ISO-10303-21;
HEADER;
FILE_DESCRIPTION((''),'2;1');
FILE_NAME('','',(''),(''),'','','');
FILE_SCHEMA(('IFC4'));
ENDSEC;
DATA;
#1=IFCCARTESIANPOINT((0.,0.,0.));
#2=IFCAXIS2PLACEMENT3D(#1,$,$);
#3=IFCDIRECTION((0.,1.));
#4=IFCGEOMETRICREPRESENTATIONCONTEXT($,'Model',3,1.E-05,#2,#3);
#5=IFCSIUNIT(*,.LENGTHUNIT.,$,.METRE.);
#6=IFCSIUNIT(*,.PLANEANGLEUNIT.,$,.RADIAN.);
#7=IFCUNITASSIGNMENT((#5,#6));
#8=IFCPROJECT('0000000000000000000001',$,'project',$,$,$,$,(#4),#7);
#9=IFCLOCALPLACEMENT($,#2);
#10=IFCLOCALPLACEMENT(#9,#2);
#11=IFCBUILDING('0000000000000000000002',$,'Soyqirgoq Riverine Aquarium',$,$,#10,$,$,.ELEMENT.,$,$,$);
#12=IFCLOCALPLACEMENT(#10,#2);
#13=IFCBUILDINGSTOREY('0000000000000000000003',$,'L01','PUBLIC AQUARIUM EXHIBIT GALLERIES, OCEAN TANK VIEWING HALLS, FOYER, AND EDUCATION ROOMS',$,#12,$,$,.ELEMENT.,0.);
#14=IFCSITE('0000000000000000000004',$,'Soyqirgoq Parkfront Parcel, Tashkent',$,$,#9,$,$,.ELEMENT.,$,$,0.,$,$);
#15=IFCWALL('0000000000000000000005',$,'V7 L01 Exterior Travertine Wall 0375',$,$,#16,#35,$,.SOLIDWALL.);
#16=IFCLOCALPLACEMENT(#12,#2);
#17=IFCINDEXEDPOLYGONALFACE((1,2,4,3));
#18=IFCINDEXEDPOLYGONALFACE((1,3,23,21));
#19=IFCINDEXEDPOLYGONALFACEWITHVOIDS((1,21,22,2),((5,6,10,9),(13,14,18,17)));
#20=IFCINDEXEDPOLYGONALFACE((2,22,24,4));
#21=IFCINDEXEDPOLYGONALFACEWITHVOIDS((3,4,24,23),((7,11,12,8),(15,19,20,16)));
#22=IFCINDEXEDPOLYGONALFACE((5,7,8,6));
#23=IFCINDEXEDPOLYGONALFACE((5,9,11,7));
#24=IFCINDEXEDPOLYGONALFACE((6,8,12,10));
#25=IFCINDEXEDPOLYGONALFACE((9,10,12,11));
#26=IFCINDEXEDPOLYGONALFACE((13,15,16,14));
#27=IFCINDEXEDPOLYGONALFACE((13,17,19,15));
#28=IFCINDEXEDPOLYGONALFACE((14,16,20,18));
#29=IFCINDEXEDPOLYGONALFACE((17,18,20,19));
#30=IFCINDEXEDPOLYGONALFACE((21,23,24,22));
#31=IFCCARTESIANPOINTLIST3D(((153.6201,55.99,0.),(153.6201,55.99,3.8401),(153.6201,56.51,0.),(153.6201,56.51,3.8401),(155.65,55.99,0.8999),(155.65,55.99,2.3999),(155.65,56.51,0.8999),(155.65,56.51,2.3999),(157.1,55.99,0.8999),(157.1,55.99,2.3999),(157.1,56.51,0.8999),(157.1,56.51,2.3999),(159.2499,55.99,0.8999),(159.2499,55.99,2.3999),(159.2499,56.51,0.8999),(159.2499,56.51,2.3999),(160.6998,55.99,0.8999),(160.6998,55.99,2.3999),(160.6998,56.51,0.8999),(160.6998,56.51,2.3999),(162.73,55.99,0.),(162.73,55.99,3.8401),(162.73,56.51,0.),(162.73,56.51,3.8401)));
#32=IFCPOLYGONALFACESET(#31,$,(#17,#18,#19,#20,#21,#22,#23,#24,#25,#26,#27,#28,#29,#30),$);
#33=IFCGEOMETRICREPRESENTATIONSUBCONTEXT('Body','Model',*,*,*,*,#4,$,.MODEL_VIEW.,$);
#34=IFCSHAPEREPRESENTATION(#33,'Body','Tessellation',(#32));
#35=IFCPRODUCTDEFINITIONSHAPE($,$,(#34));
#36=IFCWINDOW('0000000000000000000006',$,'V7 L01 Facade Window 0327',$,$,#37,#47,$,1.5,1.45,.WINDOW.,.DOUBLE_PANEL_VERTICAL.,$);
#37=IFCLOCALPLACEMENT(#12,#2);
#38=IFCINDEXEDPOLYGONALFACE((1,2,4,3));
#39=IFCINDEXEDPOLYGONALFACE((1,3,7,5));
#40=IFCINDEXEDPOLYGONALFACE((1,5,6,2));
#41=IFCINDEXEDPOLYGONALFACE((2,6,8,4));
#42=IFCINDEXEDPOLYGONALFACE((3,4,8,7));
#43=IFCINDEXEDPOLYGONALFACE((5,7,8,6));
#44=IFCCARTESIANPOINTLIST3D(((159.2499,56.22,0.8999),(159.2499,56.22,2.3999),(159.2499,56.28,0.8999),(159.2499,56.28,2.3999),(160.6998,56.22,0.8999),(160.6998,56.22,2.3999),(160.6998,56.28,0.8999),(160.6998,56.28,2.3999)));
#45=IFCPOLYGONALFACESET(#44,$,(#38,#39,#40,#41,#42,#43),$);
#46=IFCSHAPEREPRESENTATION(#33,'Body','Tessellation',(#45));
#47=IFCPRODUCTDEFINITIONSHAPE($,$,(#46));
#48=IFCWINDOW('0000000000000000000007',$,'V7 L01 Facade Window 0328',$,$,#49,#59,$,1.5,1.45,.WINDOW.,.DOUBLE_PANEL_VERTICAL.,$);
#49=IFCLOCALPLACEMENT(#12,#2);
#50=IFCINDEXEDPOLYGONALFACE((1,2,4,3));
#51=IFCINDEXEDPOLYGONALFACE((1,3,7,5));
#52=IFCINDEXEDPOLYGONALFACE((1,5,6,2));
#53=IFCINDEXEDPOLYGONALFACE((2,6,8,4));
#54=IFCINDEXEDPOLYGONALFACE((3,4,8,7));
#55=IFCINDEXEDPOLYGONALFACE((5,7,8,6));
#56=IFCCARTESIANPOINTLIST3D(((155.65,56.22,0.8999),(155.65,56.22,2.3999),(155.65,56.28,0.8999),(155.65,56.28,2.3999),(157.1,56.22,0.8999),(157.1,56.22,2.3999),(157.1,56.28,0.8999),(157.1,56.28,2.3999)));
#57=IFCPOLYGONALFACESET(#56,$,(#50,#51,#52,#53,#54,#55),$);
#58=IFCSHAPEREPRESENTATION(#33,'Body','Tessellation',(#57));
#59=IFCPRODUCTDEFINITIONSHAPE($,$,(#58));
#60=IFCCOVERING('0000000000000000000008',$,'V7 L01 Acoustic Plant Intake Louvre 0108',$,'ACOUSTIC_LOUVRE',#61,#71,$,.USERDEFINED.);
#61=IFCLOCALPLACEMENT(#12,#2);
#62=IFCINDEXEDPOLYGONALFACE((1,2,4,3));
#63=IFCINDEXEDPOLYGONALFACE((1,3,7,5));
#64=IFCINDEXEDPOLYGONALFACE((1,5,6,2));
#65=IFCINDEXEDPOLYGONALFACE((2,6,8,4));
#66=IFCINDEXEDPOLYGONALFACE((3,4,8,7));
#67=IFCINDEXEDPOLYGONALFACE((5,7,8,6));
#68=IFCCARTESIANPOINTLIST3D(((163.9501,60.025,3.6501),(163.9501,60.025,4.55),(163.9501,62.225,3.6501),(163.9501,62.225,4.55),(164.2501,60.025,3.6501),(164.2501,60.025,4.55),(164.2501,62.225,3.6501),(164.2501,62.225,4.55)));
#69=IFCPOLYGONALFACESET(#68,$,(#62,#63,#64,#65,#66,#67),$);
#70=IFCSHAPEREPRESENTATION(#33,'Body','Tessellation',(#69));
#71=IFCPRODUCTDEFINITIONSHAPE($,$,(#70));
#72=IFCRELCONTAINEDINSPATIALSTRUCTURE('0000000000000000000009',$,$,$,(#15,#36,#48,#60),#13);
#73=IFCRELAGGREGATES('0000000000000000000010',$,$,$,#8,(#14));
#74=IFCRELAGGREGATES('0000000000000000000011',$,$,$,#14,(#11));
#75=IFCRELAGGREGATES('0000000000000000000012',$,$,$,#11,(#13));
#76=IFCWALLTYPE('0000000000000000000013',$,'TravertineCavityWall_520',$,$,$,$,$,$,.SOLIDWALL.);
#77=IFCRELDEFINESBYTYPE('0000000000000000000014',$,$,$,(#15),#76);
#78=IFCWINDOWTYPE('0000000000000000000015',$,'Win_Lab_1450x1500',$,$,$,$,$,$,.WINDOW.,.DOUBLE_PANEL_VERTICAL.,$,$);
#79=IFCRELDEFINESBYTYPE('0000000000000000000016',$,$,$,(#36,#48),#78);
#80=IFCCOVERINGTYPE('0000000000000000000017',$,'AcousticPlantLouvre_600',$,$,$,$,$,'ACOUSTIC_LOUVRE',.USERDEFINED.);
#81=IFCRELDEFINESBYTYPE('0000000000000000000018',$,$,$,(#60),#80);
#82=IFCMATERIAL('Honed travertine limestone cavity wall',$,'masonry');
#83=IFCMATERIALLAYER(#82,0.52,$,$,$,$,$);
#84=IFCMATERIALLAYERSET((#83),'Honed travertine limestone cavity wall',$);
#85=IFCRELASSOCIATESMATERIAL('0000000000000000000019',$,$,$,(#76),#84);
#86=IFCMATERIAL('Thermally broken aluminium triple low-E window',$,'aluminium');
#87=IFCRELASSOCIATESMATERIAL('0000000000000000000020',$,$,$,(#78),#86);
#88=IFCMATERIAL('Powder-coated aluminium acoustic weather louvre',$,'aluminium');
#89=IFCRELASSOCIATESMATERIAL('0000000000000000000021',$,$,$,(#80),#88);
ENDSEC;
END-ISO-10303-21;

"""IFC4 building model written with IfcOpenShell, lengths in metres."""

from ifc_helpers import new_model, si_unit, direction, frame, frame_2d, origin, origin_2d, place, context, subcontext, project, spatial, rectangle, extrude, material, layer, layer_set, type_object, element, fill, save


model = new_model("IFC4")

# Units and contexts
model_context = context("Model", 3, precision=1e-05, world=origin(), true_north=direction((0.0, 1.0)))
body_context = subcontext(model_context, "Body", "Model", "MODEL_VIEW")
ifc_project = project(units=[si_unit("LENGTHUNIT", "METRE"), si_unit("PLANEANGLEUNIT", "RADIAN")], contexts=[model_context])

# Site, building, storey
site_placement = place(None, origin())
site = spatial("IfcSite", under=ifc_project, at=site_placement, Name="Soyqirgoq Parkfront Parcel, Tashkent", CompositionType="ELEMENT", RefElevation=0.0)
building_placement = place(site_placement, origin())
building = spatial("IfcBuilding", under=site, at=building_placement, Name="Soyqirgoq Riverine Aquarium", CompositionType="ELEMENT")
storey_placement = place(building_placement, origin())
storey = spatial("IfcBuildingStorey", under=building, at=storey_placement, Name="L01", Description="PUBLIC AQUARIUM EXHIBIT GALLERIES, OCEAN TANK VIEWING HALLS, FOYER, AND EDUCATION ROOMS", CompositionType="ELEMENT", Elevation=0.0)

# Shared definitions
ifc_material_1 = material(Name="Honed travertine limestone cavity wall", Category="masonry")
ifc_layer_1 = layer(ifc_material_1, 0.52)
ifc_layer_set_1 = layer_set([ifc_layer_1], Name="Honed travertine limestone cavity wall")
wall_type_1 = type_object("IfcWallType", Name="TravertineCavityWall_520", PredefinedType="SOLIDWALL", material=ifc_layer_set_1)

# Wall, openings, windows
wall_1_placement = place(storey_placement, frame((162.73, 56.25, 0.0), z_axis=(0.0, 0.0, 1.0), x_axis=(-1.0, 0.0, 0.0)))
wall_1 = element("IfcWall", 1, at=wall_1_placement, inside=storey, type_object=wall_type_1, Name="V7 L01 Exterior Travertine Wall 0375", PredefinedType="SOLIDWALL", context=body_context, shape_type="SweptSolid", body=[
    extrude(rectangle(XDim=9.1099, YDim=0.52, at=frame_2d((4.5549, 0.0))), origin(), (0.0, 0.0, 1.0), 3.8401),
])
opening_1_placement = place(wall_1_placement, frame((2.03, 0.0, 0.8999)))
opening_1 = element("IfcOpeningElement", 2, at=opening_1_placement, cuts=wall_1, PredefinedType="OPENING", context=body_context, shape_type="SweptSolid", body=[
    extrude(rectangle(XDim=1.45, YDim=1.5, at=frame_2d((0.7251, 0.75))), frame((0.0, 0.27, 0.0), z_axis=(0.0, -1.0, 0.0), x_axis=(1.0, 0.0, 0.0)), (0.0, 0.0, 1.0), 0.54),
])
opening_2_placement = place(wall_1_placement, frame((5.6299, 0.0, 0.8999)))
opening_2 = element("IfcOpeningElement", 3, at=opening_2_placement, cuts=wall_1, PredefinedType="OPENING", context=body_context, shape_type="SweptSolid", body=[
    extrude(rectangle(XDim=1.45, YDim=1.5, at=frame_2d((0.7251, 0.75))), frame((0.0, 0.27, 0.0), z_axis=(0.0, -1.0, 0.0), x_axis=(1.0, 0.0, 0.0)), (0.0, 0.0, 1.0), 0.54),
])
ifc_material_2 = material(Name="Thermally broken aluminium triple low-E window", Category="aluminium")
window_type_1 = type_object("IfcWindowType", Name="Win_Lab_1450x1500", PartitioningType="DOUBLE_PANEL_VERTICAL", PredefinedType="WINDOW", material=ifc_material_2)
window_1_placement = place(opening_1_placement, origin())
window_1 = element("IfcWindow", 4, at=window_1_placement, inside=storey, type_object=window_type_1, Name="V7 L01 Facade Window 0327", OverallHeight=1.5, OverallWidth=1.45, PartitioningType="DOUBLE_PANEL_VERTICAL", PredefinedType="WINDOW", context=body_context, shape_type="SweptSolid", body=[
    extrude(rectangle(XDim=1.45, YDim=1.5, at=frame_2d((0.7251, 0.75))), frame((0.0, 0.03, 0.0), z_axis=(0.0, -1.0, 0.0), x_axis=(1.0, 0.0, 0.0)), (0.0, 0.0, 1.0), 0.0601),
])
fill(opening_1, window_1)
window_2_placement = place(opening_2_placement, origin())
window_2 = element("IfcWindow", 5, at=window_2_placement, inside=storey, type_object=window_type_1, Name="V7 L01 Facade Window 0328", OverallHeight=1.5, OverallWidth=1.45, PartitioningType="DOUBLE_PANEL_VERTICAL", PredefinedType="WINDOW", context=body_context, shape_type="SweptSolid", body=[
    extrude(rectangle(XDim=1.45, YDim=1.5, at=frame_2d((0.7251, 0.75))), frame((0.0, 0.03, 0.0), z_axis=(0.0, -1.0, 0.0), x_axis=(1.0, 0.0, 0.0)), (0.0, 0.0, 1.0), 0.0601),
])
fill(opening_2, window_2)

# Covering
ifc_material_3 = material(Name="Powder-coated aluminium acoustic weather louvre", Category="aluminium")
covering_type = type_object("IfcCoveringType", Name="AcousticPlantLouvre_600", ElementType="ACOUSTIC_LOUVRE", PredefinedType="USERDEFINED", material=ifc_material_3)
covering_placement = place(storey_placement, frame((164.1001, 61.125, 3.6501), z_axis=(0.0, 0.0, 1.0), x_axis=(0.0, 1.0, 0.0)))
element("IfcCovering", 6, at=covering_placement, inside=storey, type_object=covering_type, Name="V7 L01 Acoustic Plant Intake Louvre 0108", ObjectType="ACOUSTIC_LOUVRE", PredefinedType="USERDEFINED", context=body_context, shape_type="SweptSolid", body=[
    extrude(rectangle(XDim=2.2, YDim=0.3, at=origin_2d()), origin(), (0.0, 0.0, 1.0), 0.8999),
])

save(model, "model.ifc")
